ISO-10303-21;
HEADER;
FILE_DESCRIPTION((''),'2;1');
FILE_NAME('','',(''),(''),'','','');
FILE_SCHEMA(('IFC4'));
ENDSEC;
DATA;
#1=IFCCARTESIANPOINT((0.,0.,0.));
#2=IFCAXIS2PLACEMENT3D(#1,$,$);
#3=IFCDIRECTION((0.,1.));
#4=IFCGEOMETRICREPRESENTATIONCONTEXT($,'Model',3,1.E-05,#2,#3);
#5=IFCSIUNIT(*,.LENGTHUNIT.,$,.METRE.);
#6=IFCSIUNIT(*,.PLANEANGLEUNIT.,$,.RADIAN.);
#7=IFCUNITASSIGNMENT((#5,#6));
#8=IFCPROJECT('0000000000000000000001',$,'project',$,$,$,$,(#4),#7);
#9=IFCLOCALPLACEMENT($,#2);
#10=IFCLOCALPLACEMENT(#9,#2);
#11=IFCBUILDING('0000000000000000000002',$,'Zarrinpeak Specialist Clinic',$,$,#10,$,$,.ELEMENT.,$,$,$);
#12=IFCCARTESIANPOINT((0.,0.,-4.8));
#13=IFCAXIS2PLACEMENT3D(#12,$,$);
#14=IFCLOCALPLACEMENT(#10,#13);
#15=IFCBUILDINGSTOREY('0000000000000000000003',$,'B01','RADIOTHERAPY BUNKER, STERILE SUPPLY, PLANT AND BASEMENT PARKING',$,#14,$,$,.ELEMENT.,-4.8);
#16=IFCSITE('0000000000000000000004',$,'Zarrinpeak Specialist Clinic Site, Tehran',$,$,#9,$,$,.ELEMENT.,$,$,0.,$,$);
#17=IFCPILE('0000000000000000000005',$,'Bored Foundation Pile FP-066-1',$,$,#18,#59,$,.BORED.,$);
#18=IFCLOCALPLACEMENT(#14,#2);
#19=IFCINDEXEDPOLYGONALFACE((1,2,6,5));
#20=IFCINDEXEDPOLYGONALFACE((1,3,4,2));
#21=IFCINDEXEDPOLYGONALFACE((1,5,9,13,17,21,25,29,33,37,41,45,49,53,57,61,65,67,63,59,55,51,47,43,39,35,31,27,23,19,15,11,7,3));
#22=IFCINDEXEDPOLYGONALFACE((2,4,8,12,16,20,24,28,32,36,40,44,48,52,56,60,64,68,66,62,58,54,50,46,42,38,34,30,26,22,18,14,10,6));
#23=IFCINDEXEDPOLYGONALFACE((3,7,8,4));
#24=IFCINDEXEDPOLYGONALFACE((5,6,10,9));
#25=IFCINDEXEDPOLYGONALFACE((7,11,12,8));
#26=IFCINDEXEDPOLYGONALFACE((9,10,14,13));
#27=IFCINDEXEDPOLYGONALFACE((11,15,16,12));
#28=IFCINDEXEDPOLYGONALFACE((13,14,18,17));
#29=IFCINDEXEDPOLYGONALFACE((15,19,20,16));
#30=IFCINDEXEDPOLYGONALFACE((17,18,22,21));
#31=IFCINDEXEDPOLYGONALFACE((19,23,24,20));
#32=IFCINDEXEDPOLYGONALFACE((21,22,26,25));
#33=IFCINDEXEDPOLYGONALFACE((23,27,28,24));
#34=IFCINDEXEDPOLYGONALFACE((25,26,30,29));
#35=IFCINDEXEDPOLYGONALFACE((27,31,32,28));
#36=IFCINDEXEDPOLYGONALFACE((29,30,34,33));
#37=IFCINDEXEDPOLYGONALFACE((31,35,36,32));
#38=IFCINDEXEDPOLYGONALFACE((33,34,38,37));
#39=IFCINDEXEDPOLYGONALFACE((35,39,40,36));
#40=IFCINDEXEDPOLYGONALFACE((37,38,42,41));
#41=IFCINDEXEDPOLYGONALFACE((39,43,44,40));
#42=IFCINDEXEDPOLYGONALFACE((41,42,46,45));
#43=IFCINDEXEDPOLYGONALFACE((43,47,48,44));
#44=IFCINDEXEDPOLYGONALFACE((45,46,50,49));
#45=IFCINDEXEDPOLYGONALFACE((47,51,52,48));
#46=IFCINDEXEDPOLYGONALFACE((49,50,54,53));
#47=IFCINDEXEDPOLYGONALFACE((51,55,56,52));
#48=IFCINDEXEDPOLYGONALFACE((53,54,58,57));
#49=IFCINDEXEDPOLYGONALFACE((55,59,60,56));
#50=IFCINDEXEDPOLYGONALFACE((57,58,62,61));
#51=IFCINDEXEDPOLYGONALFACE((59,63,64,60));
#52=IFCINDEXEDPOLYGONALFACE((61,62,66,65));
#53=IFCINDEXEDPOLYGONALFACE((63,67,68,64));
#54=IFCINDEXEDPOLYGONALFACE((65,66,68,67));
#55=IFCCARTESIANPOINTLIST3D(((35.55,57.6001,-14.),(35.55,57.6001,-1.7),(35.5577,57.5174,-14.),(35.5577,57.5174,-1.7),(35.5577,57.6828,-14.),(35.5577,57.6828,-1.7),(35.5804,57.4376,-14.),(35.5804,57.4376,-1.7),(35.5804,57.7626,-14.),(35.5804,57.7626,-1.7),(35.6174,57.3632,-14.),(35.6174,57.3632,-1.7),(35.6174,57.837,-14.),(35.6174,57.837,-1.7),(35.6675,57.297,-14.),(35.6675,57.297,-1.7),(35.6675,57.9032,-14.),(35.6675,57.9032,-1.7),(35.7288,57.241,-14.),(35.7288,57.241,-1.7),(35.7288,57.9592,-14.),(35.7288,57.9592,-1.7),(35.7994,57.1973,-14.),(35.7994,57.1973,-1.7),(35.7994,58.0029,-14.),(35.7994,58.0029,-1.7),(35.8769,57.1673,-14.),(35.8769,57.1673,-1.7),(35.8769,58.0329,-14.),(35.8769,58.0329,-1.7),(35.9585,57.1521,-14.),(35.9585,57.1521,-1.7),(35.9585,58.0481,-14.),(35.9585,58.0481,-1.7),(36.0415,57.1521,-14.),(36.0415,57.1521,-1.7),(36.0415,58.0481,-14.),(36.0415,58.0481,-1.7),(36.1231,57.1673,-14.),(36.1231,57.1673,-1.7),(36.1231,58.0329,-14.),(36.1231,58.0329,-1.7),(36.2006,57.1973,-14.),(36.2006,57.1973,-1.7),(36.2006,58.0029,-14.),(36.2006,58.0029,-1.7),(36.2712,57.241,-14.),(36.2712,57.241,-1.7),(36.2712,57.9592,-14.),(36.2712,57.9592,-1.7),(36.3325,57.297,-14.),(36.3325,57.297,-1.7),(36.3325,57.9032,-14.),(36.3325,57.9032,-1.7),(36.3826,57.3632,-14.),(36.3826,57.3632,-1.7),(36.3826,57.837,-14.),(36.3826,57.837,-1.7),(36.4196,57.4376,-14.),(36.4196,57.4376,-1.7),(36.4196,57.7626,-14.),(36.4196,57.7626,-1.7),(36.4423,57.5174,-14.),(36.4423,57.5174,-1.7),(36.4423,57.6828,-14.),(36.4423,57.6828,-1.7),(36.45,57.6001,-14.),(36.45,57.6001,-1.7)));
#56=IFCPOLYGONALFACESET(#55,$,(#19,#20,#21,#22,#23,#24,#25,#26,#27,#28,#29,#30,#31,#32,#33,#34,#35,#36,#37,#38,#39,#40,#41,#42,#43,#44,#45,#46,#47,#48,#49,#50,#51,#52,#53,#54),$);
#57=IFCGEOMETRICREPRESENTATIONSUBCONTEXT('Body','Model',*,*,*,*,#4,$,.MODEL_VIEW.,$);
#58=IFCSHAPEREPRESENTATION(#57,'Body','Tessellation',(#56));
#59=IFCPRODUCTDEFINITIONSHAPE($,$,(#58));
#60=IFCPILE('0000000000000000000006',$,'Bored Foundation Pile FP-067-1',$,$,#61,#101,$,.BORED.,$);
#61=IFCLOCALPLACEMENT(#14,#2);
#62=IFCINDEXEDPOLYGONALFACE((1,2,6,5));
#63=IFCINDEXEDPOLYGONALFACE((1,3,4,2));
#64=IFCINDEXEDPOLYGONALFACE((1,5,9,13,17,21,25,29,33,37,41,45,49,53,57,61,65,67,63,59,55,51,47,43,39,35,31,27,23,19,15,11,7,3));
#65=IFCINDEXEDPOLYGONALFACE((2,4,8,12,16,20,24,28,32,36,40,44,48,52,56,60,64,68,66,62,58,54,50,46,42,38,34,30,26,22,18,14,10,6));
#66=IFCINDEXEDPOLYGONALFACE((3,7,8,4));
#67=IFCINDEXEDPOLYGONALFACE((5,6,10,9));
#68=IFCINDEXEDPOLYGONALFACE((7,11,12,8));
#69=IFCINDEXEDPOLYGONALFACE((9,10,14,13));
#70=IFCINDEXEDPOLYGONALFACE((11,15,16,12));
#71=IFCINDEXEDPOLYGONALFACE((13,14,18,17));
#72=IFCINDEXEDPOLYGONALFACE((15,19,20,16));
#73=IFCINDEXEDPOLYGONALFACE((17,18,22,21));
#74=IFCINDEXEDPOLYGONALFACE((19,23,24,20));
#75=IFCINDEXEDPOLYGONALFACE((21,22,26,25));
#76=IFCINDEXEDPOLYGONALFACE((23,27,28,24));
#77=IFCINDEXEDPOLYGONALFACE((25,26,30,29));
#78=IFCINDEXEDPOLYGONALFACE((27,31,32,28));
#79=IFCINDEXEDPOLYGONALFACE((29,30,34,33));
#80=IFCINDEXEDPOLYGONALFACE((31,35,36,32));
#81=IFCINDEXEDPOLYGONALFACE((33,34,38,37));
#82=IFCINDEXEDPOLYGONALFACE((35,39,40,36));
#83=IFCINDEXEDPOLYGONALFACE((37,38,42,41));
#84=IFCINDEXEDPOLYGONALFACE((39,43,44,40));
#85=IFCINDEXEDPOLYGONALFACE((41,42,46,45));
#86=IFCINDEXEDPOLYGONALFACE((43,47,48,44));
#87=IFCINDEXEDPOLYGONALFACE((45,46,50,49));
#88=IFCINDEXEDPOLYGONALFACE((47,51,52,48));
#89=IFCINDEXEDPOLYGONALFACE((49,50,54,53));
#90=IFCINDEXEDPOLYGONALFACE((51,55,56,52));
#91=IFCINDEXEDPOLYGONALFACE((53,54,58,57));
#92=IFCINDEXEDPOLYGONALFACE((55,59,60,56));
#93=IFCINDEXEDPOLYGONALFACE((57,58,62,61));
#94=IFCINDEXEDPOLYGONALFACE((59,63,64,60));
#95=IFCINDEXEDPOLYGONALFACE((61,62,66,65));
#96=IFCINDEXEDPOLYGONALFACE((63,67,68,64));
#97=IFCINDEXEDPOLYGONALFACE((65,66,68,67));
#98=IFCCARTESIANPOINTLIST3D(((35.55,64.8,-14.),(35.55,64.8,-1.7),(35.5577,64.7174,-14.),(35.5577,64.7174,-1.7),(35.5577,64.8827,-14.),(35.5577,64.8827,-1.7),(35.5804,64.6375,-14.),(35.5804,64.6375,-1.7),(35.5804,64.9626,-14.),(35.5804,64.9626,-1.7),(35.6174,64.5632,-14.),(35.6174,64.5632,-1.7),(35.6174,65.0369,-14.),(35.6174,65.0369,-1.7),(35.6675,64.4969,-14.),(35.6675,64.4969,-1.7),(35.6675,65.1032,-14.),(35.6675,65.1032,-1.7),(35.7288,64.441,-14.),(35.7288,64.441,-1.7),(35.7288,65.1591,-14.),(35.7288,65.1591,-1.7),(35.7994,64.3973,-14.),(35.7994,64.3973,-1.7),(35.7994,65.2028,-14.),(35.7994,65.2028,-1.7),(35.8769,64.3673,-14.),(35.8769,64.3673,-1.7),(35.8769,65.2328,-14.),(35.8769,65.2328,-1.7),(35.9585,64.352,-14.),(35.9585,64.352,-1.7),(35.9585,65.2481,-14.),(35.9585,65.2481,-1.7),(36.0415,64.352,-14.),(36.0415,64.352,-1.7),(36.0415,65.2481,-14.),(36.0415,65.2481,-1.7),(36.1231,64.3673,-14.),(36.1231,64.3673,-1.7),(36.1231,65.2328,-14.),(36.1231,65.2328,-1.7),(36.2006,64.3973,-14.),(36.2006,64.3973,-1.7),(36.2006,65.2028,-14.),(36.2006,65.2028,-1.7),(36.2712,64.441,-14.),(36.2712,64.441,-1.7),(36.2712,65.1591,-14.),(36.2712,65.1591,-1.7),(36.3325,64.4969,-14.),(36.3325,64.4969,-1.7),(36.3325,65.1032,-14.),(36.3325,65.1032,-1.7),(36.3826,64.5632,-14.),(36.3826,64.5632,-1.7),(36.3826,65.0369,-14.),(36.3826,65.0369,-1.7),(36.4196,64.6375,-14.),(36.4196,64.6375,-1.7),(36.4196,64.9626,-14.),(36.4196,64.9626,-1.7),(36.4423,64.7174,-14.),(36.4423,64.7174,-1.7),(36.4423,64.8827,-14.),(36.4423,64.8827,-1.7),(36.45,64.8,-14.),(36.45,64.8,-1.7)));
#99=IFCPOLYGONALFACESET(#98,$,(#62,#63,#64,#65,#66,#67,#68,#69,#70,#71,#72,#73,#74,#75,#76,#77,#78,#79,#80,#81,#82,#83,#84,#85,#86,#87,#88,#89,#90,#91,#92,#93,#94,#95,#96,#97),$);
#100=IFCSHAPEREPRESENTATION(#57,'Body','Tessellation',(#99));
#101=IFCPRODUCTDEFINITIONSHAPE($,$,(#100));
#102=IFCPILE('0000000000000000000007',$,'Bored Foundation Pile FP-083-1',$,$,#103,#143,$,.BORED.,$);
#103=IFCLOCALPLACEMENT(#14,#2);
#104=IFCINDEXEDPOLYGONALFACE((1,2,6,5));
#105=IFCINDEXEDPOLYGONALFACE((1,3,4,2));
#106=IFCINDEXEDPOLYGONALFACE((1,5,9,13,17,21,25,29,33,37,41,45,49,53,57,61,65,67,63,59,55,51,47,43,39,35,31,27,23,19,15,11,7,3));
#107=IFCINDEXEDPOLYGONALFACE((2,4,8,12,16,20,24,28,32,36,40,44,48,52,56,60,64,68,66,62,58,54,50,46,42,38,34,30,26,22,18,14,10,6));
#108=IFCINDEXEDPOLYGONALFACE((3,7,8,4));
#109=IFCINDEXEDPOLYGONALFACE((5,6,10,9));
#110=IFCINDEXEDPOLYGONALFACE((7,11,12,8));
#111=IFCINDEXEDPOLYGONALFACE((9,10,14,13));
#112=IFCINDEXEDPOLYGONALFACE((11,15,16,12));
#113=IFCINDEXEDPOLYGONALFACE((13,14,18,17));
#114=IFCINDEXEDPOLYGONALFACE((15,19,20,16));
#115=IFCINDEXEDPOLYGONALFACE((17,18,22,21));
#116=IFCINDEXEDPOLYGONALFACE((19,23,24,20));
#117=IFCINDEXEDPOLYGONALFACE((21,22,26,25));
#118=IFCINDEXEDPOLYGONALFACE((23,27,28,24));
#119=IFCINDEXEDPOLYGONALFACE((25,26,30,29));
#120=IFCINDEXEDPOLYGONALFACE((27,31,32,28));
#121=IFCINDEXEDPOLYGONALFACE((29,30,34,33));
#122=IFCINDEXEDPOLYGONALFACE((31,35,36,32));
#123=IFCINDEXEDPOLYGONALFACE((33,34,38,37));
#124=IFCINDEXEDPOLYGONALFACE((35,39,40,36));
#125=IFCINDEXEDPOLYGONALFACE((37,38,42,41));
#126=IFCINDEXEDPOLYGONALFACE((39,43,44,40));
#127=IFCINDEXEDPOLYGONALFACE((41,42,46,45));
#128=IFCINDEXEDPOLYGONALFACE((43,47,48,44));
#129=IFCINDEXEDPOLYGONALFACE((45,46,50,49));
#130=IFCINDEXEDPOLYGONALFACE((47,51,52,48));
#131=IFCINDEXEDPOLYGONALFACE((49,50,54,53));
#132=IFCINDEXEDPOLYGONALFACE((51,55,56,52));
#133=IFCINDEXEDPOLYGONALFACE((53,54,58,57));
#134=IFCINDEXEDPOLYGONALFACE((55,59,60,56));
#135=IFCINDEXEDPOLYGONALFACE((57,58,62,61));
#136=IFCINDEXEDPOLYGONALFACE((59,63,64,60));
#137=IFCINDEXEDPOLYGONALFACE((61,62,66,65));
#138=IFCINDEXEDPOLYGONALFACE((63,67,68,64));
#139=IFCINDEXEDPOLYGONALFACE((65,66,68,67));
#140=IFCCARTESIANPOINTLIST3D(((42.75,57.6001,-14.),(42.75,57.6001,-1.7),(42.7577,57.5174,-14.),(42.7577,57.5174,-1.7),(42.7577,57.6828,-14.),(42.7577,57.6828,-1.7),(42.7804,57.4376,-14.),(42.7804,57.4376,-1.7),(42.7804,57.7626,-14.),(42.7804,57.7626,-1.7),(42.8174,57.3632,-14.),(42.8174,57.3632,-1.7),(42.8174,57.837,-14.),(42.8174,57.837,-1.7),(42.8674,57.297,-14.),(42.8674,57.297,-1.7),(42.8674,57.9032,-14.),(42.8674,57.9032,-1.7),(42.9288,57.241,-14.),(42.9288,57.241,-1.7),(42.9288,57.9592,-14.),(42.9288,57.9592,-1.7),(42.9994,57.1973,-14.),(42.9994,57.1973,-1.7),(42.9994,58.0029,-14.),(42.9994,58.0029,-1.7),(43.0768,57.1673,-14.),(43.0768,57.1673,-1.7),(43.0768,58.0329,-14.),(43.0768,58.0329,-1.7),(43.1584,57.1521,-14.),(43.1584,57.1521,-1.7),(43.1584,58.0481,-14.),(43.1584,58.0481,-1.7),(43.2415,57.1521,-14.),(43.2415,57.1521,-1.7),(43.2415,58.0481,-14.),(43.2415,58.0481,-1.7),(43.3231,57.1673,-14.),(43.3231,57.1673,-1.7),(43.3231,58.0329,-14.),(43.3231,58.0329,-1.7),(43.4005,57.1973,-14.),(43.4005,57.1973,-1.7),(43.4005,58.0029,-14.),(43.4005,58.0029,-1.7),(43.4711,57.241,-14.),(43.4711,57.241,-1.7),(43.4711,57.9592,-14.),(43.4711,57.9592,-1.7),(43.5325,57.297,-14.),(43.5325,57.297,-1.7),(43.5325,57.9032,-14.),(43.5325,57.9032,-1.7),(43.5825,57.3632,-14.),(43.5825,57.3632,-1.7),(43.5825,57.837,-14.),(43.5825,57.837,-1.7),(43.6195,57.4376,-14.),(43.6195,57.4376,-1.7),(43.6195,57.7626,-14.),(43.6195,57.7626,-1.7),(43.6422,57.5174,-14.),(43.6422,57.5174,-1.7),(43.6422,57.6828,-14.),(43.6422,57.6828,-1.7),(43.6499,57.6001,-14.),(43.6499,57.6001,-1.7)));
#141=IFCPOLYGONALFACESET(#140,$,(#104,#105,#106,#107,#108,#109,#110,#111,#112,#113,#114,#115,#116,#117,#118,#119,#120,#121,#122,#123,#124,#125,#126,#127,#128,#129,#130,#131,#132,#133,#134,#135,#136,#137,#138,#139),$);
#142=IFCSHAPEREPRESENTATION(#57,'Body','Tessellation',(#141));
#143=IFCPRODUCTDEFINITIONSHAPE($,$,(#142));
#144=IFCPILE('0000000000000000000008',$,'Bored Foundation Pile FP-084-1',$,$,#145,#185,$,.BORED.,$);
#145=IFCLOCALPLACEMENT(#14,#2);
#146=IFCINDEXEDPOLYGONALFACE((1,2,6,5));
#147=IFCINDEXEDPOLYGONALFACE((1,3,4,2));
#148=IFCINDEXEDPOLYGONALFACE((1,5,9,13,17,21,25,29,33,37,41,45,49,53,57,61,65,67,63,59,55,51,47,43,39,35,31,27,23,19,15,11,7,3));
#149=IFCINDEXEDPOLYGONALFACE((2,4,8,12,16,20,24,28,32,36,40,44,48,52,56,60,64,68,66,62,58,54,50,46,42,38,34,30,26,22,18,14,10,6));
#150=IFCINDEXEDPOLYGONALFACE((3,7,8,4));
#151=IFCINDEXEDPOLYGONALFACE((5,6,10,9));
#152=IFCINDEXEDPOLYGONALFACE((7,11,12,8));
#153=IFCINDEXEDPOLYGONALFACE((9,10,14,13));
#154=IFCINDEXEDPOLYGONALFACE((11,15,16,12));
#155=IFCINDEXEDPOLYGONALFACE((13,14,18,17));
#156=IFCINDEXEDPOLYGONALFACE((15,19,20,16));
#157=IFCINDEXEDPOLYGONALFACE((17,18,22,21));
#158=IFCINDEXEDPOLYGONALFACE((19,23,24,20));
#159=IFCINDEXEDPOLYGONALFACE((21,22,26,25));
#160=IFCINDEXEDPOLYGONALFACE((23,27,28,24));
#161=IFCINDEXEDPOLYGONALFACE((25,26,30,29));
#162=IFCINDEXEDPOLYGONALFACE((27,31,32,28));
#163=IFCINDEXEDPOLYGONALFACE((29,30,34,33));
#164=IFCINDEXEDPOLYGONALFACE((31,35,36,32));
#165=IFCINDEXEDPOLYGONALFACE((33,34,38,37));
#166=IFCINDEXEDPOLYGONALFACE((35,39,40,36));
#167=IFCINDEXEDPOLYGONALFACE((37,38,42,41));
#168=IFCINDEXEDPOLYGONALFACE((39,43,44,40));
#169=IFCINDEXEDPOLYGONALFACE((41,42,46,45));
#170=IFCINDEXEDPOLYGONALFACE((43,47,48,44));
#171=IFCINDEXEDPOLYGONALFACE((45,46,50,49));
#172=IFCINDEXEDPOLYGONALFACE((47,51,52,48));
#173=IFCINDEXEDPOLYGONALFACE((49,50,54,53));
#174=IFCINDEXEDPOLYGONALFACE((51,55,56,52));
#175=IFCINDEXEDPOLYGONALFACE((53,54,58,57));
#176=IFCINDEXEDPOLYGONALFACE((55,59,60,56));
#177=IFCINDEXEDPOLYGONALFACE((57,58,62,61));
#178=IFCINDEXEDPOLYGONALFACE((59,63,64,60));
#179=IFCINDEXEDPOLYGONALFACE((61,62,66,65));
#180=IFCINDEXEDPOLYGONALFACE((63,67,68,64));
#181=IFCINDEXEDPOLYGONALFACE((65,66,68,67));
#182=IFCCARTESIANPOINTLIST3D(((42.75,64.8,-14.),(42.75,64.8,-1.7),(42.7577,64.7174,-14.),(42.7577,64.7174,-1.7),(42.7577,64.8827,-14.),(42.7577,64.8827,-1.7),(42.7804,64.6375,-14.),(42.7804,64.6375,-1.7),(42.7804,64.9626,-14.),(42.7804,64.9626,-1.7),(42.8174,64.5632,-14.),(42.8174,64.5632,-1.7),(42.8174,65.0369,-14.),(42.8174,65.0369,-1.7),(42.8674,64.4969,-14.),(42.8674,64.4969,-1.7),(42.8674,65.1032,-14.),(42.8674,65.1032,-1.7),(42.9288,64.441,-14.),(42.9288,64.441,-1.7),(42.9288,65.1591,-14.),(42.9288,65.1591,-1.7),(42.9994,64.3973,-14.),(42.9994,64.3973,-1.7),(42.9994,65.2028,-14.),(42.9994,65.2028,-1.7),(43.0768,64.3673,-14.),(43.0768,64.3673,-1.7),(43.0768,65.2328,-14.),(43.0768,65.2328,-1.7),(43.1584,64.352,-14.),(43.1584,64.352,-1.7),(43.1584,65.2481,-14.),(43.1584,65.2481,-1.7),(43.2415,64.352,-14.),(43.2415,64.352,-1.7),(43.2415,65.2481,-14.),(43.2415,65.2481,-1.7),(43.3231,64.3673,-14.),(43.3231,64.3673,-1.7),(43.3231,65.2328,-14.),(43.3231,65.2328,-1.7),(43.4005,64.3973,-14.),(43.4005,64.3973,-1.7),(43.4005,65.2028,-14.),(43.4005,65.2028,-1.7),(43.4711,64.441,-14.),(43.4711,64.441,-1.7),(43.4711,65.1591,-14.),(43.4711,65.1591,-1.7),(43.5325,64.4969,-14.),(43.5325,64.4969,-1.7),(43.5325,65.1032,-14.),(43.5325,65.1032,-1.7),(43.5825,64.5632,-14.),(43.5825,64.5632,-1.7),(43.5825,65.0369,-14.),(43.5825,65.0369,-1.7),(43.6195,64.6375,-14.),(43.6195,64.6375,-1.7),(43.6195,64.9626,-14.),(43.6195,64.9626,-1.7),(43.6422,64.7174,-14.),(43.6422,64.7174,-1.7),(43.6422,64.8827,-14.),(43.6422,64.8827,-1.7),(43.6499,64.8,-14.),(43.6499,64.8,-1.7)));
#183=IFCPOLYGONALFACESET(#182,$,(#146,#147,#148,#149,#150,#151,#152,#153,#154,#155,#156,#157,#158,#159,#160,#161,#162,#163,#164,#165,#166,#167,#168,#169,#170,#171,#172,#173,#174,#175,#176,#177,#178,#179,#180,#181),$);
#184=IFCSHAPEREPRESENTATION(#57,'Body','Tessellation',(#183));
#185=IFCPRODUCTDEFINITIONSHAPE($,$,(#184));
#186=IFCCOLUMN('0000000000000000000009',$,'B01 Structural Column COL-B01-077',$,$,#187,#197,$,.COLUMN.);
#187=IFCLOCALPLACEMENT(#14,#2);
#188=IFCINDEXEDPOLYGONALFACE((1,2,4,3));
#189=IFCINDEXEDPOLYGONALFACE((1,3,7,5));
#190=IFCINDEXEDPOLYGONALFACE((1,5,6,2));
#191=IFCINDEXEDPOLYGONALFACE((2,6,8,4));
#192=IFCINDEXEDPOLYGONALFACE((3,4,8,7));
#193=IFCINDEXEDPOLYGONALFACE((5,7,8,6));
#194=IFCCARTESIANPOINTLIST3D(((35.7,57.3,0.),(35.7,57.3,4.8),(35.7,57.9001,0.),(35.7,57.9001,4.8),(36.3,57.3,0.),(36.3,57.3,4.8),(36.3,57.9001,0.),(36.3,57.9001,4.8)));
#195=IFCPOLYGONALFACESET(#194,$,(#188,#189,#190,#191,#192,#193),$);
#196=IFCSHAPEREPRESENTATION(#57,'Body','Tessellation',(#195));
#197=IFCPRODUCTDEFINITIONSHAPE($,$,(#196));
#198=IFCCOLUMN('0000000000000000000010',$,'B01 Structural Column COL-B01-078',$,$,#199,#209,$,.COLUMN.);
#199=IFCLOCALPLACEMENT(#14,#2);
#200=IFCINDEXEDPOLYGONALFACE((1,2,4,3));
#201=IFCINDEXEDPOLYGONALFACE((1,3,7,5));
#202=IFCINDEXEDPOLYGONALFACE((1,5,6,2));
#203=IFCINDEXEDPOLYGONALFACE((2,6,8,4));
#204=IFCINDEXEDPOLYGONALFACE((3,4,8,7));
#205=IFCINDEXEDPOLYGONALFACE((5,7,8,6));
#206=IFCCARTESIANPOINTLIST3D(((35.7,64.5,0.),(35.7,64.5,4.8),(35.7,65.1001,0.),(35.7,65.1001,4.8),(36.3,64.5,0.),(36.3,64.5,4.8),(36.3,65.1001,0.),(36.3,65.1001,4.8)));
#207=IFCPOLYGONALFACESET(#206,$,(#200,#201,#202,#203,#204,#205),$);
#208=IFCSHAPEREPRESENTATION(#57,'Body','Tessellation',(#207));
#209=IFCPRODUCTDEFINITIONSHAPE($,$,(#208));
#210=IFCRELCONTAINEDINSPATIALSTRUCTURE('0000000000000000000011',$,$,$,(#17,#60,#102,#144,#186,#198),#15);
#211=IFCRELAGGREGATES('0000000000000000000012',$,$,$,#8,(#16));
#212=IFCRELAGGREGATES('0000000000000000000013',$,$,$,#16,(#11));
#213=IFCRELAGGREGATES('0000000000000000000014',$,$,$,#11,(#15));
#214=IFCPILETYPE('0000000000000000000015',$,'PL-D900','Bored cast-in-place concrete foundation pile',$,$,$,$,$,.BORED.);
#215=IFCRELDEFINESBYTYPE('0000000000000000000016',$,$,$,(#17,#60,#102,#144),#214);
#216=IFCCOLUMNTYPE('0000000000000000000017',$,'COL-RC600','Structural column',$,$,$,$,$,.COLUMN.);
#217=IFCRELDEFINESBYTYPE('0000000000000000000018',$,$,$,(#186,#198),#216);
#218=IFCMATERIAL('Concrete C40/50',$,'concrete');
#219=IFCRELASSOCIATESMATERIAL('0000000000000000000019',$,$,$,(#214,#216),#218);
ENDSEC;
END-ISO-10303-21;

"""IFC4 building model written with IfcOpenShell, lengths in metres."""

from ifc_helpers import new_model, si_unit, direction, frame, origin, origin_2d, place, context, subcontext, project, spatial, rectangle, circle, extrude, material, material_profile, profile_set, type_object, element, save


model = new_model("IFC4")

# Units and contexts
model_context = context("Model", 3, precision=1e-05, world=origin(), true_north=direction((0.0, 1.0)))
body_context = subcontext(model_context, "Body", "Model", "MODEL_VIEW")
ifc_project = project(units=[si_unit("LENGTHUNIT", "METRE"), si_unit("PLANEANGLEUNIT", "RADIAN")], contexts=[model_context])

# Site, building, storey
site_placement = place(None, origin())
site = spatial("IfcSite", under=ifc_project, at=site_placement, Name="Zarrinpeak Specialist Clinic Site, Tehran", CompositionType="ELEMENT", RefElevation=0.0)
building_placement = place(site_placement, origin())
building = spatial("IfcBuilding", under=site, at=building_placement, Name="Zarrinpeak Specialist Clinic", CompositionType="ELEMENT")
storey_placement = place(building_placement, frame((0.0, 0.0, -4.8)))
storey = spatial("IfcBuildingStorey", under=building, at=storey_placement, Name="B01", Description="RADIOTHERAPY BUNKER, STERILE SUPPLY, PLANT AND BASEMENT PARKING", CompositionType="ELEMENT", Elevation=-4.8)

# Shared definitions
ifc_material_1 = material(Name="Concrete C40/50", Category="concrete")

# Piles
ifc_material_profile_1 = material_profile(ifc_material_1, circle(Radius=0.45, at=origin_2d()), Name="BORED PILE D900")
ifc_profile_set_1 = profile_set([ifc_material_profile_1], Name="Concrete C40/50")
pile_type = type_object("IfcPileType", Name="PL-D900", Description="Bored cast-in-place concrete foundation pile", PredefinedType="BORED", material=ifc_profile_set_1)
for number, where, z_axis, x_axis, name in (
    (1, (36.0, 57.6001, -1.7), (0.0, 0.0, -1.0), (1.0, 0.0, 0.0), "Bored Foundation Pile FP-066-1"),
    (2, (36.0, 64.8, -1.7), (0.0, 0.0, -1.0), (1.0, 0.0, 0.0), "Bored Foundation Pile FP-067-1"),
    (3, (43.2, 57.6001, -1.7), (0.0, 0.0, -1.0), (1.0, 0.0, 0.0), "Bored Foundation Pile FP-083-1"),
    (4, (43.2, 64.8, -1.7), (0.0, 0.0, -1.0), (1.0, 0.0, 0.0), "Bored Foundation Pile FP-084-1"),
):
    element("IfcPile", number, at=place(storey_placement, frame(where, z_axis=z_axis, x_axis=x_axis)), inside=storey, type_object=pile_type, Name=name, PredefinedType="BORED", context=body_context, shape_type="SweptSolid", body=[
        extrude(circle(Radius=0.45, at=origin_2d()), origin(), (0.0, 0.0, 1.0), 12.3),
    ])

# Columns
ifc_material_profile_2 = material_profile(ifc_material_1, rectangle(XDim=0.6001, YDim=0.6001, at=origin_2d()), Name="RC 600x600")
ifc_profile_set_2 = profile_set([ifc_material_profile_2], Name="Concrete C40/50")
column_type_1 = type_object("IfcColumnType", Name="COL-RC600", Description="Structural column", PredefinedType="COLUMN", material=ifc_profile_set_2)
for number, where, z_axis, x_axis, name in (
    (5, (36.0, 57.6001, 0.0), (0.0, 0.0, 1.0), (1.0, 0.0, 0.0), "B01 Structural Column COL-B01-077"),
    (6, (36.0, 64.8, 0.0), (0.0, 0.0, 1.0), (1.0, 0.0, 0.0), "B01 Structural Column COL-B01-078"),
):
    element("IfcColumn", number, at=place(storey_placement, frame(where, z_axis=z_axis, x_axis=x_axis)), inside=storey, type_object=column_type_1, Name=name, PredefinedType="COLUMN", context=body_context, shape_type="SweptSolid", body=[
        extrude(rectangle(XDim=0.6001, YDim=0.6001, at=origin_2d()), origin(), (0.0, 0.0, 1.0), 4.8),
    ])

save(model, "model.ifc")
